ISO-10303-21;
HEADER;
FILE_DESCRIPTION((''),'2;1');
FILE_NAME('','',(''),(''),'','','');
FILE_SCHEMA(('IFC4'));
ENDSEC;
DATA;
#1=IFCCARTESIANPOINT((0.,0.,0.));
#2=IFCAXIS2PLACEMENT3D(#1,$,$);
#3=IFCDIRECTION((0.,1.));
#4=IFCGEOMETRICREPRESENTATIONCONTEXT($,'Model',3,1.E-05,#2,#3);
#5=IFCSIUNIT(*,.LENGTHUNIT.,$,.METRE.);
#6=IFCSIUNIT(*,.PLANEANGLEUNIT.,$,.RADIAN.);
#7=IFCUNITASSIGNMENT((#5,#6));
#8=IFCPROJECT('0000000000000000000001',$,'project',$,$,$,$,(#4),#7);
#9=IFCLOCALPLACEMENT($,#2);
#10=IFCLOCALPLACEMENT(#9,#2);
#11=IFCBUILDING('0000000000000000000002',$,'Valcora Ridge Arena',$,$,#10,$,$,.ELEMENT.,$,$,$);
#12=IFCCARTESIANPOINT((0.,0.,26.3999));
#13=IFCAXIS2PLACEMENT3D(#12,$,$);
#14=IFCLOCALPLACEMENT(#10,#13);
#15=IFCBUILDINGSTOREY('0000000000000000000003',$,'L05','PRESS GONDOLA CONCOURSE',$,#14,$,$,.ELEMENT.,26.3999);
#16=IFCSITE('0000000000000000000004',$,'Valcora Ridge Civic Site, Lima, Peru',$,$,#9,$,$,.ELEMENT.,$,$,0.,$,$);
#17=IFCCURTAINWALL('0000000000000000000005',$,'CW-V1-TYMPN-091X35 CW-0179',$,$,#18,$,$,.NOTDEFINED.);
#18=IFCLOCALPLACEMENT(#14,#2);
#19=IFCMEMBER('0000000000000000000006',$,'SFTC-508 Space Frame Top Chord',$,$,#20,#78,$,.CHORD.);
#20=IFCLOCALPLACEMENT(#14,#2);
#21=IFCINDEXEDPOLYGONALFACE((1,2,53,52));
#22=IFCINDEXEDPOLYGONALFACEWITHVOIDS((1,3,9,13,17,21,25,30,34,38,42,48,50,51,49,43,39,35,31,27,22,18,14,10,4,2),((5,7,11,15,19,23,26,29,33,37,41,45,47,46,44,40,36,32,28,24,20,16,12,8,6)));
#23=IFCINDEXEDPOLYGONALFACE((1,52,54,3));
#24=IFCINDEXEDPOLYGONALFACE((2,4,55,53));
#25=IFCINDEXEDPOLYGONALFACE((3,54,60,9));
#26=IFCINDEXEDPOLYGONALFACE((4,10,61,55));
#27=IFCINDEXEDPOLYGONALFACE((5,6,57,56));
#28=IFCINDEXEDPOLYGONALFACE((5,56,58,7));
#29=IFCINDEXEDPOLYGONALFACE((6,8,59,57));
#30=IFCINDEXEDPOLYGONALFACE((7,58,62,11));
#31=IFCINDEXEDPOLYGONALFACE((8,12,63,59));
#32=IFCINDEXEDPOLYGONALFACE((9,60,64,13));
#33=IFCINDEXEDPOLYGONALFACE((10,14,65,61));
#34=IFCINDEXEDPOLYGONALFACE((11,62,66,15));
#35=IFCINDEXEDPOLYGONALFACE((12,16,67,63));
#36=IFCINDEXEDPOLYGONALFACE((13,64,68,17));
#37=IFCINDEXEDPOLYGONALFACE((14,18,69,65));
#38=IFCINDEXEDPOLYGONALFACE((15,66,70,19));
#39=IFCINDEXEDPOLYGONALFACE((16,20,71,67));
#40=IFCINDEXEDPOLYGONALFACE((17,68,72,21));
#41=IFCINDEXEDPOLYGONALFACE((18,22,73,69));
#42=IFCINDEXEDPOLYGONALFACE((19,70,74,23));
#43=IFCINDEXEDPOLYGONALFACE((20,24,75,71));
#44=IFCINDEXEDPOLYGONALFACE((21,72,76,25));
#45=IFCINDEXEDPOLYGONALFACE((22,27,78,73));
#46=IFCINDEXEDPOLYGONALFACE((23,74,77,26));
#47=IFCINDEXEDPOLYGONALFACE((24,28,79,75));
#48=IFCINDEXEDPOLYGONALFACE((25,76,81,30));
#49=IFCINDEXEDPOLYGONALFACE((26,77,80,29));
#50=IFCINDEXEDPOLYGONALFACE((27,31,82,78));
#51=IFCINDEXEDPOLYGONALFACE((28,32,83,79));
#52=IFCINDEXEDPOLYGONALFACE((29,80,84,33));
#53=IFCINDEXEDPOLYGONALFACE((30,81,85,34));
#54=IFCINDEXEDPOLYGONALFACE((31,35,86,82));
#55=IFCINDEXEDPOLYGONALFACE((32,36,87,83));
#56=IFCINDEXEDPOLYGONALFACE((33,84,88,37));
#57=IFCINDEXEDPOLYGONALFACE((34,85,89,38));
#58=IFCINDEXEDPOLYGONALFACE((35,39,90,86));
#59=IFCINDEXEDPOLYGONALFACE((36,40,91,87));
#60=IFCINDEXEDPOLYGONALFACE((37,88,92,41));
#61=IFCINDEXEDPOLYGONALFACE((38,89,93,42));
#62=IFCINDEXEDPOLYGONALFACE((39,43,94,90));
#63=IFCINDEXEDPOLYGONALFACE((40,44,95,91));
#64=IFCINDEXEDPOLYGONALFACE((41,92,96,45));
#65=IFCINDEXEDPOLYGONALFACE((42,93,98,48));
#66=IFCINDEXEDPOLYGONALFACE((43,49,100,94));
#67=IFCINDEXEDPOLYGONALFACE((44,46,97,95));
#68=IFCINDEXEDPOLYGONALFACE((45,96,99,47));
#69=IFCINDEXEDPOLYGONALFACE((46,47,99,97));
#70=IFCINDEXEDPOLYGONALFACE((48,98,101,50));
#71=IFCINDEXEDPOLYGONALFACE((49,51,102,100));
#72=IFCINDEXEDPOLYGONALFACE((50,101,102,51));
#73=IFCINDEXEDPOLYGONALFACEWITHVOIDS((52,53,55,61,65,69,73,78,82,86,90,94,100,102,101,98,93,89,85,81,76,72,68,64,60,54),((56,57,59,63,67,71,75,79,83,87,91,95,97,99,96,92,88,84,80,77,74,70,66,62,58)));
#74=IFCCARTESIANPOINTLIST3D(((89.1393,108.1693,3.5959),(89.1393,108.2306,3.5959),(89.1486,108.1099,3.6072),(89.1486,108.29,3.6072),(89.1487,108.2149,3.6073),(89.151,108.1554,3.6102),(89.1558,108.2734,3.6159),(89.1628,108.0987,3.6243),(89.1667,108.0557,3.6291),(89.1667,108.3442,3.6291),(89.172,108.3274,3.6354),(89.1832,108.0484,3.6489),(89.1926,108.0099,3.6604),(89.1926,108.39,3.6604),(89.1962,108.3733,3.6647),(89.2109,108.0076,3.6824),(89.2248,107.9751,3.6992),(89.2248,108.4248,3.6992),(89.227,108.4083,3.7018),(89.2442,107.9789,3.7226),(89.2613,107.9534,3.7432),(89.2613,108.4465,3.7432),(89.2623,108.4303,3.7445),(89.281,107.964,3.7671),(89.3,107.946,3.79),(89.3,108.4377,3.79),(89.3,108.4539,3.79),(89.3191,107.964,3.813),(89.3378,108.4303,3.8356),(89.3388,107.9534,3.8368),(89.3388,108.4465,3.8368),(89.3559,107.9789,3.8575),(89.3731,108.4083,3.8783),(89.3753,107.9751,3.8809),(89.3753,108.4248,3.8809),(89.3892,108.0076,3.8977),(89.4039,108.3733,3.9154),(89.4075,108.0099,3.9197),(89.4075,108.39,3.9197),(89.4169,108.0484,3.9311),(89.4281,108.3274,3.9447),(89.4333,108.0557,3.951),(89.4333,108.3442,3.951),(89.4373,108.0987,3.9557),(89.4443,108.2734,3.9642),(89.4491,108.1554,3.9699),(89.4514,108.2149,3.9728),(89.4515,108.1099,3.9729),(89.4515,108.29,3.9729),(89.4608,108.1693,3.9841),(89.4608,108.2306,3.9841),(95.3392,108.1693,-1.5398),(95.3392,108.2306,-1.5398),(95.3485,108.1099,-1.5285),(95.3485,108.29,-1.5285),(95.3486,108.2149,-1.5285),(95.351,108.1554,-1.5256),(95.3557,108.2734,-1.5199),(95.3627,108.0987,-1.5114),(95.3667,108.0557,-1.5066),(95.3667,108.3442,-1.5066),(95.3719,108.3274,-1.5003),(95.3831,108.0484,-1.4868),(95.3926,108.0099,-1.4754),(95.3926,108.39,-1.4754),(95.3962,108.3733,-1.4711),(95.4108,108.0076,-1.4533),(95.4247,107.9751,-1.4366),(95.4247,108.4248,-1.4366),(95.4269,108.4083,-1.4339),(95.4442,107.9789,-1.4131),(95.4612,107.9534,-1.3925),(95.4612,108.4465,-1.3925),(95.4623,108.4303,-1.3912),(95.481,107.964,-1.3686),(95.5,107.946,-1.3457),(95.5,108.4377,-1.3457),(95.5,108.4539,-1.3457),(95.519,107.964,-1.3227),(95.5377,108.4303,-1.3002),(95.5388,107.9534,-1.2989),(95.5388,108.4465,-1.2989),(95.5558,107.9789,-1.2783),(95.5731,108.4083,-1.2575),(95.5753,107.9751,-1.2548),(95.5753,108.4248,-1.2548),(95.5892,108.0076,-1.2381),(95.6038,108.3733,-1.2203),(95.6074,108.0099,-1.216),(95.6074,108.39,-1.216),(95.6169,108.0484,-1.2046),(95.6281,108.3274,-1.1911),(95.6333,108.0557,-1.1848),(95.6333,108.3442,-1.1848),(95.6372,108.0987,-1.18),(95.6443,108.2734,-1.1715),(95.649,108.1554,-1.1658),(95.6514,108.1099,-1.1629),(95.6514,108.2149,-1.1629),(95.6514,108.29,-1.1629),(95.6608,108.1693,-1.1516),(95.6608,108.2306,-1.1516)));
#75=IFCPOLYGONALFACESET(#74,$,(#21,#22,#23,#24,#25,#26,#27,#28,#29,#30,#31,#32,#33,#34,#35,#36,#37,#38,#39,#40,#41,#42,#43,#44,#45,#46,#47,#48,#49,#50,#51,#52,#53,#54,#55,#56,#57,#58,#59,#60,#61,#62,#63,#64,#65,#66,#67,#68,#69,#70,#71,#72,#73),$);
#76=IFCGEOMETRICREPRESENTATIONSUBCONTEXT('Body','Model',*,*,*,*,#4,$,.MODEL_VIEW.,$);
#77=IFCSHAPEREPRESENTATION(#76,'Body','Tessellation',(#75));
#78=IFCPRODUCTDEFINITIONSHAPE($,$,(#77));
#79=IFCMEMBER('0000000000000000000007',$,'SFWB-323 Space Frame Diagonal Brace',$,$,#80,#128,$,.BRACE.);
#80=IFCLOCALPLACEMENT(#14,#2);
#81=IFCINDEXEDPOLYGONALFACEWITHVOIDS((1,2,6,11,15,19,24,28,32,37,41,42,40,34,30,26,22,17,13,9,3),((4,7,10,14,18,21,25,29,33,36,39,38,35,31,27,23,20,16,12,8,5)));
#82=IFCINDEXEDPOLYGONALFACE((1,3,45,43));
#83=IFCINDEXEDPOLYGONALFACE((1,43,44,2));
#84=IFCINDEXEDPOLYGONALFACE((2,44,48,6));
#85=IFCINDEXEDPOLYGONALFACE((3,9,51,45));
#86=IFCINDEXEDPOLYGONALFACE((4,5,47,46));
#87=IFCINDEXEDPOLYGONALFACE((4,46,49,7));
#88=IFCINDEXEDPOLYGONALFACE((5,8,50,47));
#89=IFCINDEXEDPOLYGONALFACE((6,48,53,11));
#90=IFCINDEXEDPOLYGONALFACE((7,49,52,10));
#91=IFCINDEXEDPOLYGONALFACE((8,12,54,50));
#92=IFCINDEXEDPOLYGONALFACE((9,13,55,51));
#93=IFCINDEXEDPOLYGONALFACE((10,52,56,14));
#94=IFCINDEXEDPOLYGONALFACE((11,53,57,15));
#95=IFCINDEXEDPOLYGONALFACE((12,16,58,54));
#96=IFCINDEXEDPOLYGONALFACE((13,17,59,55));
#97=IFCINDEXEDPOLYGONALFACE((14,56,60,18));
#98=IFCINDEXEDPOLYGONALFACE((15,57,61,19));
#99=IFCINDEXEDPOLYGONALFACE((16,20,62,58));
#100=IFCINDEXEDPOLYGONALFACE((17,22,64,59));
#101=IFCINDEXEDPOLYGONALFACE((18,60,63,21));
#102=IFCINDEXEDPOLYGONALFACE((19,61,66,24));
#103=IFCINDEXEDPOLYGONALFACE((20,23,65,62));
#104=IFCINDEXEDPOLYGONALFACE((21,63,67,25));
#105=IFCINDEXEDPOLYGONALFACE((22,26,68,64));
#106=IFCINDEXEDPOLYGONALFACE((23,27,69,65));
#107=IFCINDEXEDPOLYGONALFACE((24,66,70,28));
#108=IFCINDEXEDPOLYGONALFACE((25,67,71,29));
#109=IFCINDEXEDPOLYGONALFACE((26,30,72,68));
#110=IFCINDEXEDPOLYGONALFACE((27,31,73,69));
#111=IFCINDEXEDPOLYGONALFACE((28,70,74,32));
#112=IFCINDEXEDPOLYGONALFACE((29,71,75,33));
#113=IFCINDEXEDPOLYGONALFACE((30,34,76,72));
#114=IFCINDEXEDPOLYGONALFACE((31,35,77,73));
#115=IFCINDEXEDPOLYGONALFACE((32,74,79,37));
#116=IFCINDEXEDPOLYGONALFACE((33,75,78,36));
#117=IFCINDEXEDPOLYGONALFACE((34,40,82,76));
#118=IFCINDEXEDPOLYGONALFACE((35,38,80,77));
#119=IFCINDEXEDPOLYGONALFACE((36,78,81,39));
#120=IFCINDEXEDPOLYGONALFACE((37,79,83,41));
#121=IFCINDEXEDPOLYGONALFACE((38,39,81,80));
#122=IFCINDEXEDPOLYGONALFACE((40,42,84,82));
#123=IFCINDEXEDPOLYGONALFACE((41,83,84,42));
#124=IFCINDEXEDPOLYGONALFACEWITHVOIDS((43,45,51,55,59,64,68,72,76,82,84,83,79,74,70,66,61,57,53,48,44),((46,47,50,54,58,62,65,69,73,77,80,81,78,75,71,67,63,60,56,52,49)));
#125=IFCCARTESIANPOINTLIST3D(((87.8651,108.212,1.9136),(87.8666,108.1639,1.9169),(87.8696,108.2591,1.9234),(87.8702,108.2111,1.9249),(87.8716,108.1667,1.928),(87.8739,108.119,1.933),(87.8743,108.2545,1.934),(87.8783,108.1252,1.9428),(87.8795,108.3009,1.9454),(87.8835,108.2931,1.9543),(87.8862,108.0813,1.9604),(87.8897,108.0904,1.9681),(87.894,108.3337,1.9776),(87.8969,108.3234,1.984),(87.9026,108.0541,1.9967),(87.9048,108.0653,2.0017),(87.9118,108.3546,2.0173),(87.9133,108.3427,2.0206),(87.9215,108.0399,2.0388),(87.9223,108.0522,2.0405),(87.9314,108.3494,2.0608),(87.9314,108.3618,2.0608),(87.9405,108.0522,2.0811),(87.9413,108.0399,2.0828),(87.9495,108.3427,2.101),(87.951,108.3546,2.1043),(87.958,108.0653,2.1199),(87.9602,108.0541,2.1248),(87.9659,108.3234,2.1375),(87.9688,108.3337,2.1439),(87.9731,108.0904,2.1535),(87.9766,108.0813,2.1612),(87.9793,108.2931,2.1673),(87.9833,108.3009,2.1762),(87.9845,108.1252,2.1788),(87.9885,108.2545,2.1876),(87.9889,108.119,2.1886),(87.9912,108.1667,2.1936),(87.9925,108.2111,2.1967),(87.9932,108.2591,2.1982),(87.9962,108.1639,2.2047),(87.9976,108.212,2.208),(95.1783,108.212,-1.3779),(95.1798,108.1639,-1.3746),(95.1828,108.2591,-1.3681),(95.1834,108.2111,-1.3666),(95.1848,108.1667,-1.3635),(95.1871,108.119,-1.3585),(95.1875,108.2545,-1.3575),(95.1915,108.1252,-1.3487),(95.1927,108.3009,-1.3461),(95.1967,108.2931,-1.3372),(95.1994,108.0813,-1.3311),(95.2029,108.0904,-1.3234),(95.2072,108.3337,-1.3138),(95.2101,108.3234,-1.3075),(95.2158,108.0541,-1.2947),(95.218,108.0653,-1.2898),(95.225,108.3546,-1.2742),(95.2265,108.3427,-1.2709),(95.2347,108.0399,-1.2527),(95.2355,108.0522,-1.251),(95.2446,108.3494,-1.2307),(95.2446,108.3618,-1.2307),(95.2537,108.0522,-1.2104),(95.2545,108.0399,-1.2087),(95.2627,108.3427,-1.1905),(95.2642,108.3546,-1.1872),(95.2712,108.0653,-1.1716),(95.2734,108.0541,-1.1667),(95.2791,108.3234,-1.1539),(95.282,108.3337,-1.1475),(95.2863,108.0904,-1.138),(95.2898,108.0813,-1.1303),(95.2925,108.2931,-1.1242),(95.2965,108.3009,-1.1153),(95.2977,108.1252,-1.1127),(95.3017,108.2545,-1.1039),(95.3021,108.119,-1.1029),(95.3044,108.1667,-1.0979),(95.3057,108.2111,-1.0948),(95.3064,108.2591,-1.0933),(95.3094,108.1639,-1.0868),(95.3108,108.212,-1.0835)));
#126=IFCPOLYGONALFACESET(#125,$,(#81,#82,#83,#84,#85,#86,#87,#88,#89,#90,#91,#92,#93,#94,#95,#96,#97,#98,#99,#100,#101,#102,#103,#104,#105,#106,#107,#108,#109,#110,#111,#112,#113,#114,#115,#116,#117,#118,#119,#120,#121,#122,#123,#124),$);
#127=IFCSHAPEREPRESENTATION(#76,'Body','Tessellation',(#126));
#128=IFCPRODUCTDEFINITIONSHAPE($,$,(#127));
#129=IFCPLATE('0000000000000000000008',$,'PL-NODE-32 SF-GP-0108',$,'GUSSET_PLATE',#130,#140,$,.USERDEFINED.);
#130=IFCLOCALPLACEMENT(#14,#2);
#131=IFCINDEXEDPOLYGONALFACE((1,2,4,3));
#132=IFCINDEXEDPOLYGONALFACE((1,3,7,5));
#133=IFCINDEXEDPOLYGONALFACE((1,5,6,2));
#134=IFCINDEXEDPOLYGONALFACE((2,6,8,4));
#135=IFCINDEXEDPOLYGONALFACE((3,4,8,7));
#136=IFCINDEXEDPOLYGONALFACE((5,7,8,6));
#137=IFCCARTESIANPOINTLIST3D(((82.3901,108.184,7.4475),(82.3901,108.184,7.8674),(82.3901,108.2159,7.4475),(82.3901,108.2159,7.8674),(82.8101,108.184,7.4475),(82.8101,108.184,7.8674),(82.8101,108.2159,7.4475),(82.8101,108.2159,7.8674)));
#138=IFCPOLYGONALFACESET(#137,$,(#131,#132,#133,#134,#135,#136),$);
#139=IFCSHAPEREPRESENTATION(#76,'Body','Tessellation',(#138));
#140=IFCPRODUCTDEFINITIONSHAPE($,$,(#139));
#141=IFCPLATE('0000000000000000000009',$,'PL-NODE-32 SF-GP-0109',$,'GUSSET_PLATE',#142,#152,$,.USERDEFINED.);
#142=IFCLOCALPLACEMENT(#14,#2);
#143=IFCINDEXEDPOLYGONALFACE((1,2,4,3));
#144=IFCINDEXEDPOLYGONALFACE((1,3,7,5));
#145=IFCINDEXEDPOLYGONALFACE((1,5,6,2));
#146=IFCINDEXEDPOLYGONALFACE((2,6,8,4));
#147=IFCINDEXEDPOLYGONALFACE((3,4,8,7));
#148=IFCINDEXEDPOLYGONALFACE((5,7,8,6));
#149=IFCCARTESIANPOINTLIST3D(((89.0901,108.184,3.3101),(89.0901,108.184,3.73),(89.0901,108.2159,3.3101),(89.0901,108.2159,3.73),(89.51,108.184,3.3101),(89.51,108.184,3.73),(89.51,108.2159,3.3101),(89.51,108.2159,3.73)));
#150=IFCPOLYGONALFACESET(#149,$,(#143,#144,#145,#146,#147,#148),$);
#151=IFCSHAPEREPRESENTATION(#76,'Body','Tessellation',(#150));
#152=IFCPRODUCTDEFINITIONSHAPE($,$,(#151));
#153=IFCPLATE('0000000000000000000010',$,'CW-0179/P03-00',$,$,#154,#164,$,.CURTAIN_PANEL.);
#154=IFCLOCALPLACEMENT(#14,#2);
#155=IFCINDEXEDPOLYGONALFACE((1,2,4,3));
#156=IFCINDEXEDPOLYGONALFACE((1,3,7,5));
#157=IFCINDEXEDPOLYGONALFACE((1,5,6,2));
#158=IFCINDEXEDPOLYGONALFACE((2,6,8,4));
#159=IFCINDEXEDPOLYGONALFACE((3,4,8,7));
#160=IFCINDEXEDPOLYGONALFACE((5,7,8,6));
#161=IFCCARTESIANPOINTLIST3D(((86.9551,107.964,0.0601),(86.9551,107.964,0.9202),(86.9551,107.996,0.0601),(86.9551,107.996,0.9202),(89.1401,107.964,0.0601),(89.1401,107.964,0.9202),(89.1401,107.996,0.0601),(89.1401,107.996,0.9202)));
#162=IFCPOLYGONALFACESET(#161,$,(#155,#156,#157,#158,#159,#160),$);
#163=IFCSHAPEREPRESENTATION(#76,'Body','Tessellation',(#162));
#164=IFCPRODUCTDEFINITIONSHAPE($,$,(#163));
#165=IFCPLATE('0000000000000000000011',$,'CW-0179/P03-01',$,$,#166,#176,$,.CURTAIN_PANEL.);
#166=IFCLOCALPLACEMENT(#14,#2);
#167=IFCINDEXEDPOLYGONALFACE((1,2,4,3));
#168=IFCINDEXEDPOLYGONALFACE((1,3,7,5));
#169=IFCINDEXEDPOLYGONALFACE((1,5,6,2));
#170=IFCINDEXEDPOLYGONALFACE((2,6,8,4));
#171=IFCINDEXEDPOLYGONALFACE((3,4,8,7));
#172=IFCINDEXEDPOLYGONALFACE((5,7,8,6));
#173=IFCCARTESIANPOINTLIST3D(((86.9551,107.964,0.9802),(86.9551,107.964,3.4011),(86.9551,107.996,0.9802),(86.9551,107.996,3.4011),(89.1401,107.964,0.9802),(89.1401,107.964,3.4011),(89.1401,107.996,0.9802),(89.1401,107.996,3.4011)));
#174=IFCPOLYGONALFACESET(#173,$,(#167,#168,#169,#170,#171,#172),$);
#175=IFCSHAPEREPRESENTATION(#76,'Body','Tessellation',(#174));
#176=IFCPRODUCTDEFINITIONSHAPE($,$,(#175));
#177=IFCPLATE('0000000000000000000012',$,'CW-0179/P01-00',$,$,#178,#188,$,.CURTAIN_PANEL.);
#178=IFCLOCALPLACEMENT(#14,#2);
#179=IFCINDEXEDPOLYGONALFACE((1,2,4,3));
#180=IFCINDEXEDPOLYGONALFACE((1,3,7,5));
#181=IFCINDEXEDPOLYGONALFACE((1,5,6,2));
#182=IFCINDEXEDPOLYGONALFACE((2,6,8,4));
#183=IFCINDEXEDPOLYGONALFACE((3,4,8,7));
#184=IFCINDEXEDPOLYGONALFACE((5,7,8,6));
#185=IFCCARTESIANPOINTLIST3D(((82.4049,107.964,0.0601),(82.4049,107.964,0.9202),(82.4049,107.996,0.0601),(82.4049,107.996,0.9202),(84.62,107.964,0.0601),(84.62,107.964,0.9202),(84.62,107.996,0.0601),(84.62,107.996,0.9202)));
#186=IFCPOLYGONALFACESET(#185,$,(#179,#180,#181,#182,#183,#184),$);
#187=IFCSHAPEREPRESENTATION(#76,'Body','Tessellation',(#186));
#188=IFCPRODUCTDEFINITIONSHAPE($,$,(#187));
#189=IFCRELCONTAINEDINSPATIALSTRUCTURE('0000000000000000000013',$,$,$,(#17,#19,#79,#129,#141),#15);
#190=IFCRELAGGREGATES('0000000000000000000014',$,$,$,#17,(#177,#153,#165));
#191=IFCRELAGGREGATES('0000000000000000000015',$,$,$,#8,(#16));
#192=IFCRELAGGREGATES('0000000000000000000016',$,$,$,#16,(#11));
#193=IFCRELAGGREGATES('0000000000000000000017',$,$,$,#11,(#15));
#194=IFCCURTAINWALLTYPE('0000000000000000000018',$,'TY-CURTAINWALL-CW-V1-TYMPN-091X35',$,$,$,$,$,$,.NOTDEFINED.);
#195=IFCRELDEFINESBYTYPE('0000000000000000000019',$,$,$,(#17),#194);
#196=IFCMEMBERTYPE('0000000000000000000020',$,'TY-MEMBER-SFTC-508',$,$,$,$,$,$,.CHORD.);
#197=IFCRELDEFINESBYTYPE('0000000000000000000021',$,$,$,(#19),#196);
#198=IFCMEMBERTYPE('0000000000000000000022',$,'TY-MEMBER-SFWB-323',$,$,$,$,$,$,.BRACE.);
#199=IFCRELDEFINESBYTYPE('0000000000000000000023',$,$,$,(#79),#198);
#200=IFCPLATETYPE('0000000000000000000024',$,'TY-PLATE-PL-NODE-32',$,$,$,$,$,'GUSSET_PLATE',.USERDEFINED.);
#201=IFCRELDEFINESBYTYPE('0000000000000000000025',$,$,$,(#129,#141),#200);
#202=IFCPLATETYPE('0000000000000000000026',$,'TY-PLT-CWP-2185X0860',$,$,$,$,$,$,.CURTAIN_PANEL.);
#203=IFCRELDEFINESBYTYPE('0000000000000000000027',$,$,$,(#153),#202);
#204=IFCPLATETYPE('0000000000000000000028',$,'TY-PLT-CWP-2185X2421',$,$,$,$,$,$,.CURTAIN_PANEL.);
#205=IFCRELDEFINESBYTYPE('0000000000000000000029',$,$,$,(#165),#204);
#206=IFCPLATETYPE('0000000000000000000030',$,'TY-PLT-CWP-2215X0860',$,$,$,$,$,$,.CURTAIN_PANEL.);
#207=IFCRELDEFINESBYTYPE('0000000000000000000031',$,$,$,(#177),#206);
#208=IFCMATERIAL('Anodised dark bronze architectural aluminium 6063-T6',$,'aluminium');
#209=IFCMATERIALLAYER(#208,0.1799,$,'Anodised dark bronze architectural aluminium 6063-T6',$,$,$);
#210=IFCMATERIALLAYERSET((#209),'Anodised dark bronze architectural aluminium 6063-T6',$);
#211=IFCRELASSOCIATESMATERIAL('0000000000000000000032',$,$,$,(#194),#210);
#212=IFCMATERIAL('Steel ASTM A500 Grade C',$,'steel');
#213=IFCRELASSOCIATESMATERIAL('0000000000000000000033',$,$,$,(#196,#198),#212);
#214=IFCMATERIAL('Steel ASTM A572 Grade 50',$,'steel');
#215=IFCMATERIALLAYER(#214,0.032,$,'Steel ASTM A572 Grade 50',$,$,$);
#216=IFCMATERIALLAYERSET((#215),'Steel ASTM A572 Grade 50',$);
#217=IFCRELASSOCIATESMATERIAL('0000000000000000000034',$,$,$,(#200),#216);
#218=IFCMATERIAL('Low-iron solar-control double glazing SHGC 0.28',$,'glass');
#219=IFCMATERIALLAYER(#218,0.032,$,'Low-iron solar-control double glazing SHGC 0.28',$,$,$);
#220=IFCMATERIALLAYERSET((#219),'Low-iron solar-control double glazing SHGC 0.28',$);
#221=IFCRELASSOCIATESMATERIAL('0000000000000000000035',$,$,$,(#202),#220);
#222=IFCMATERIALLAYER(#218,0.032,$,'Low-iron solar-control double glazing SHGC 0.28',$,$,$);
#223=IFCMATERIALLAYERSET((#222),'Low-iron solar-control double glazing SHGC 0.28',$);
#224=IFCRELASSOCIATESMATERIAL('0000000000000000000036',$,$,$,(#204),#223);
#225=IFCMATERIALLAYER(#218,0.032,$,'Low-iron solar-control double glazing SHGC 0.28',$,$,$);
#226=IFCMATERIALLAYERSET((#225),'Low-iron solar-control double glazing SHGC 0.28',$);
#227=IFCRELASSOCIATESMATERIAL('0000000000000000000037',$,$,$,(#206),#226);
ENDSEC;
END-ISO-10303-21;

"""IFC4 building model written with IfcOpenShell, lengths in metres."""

from ifc_helpers import new_model, si_unit, direction, frame, origin, origin_2d, place, context, subcontext, project, spatial, rectangle, hollow_circle, extrude, material, layer, layer_set, material_profile, profile_set, type_object, element, aggregate, save


model = new_model("IFC4")

# Units and contexts
model_context = context("Model", 3, precision=1e-05, world=origin(), true_north=direction((0.0, 1.0)))
body_context = subcontext(model_context, "Body", "Model", "MODEL_VIEW")
ifc_project = project(units=[si_unit("LENGTHUNIT", "METRE"), si_unit("PLANEANGLEUNIT", "RADIAN")], contexts=[model_context])

# Site, building, storey
site_placement = place(None, origin())
site = spatial("IfcSite", under=ifc_project, at=site_placement, Name="Valcora Ridge Civic Site, Lima, Peru", CompositionType="ELEMENT", RefElevation=0.0)
building_placement = place(site_placement, origin())
building = spatial("IfcBuilding", under=site, at=building_placement, Name="Valcora Ridge Arena", CompositionType="ELEMENT")
storey_placement = place(building_placement, frame((0.0, 0.0, 26.3999)))
storey = spatial("IfcBuildingStorey", under=building, at=storey_placement, Name="L05", Description="PRESS GONDOLA CONCOURSE", CompositionType="ELEMENT", Elevation=26.3999)

# Curtain wall
ifc_material_1 = material(Name="Anodised dark bronze architectural aluminium 6063-T6", Category="aluminium")
ifc_layer_1 = layer(ifc_material_1, 0.1799, Name="Anodised dark bronze architectural aluminium 6063-T6")
ifc_layer_set_1 = layer_set([ifc_layer_1], Name="Anodised dark bronze architectural aluminium 6063-T6")
curtain_wall_type = type_object("IfcCurtainWallType", Name="TY-CURTAINWALL-CW-V1-TYMPN-091X35", PredefinedType="NOTDEFINED", material=ifc_layer_set_1)
curtain_wall_placement = place(storey_placement, origin())
curtain_wall = element("IfcCurtainWall", 1, at=curtain_wall_placement, inside=storey, type_object=curtain_wall_type, Name="CW-V1-TYMPN-091X35 CW-0179", PredefinedType="NOTDEFINED")

# Members
ifc_material_2 = material(Name="Steel ASTM A500 Grade C", Category="steel")
ifc_material_profile_1 = material_profile(ifc_material_2, hollow_circle(Radius=0.2539, WallThickness=0.0161, at=origin_2d()), Name="CHS508X16")
ifc_profile_set_1 = profile_set([ifc_material_profile_1], Name="Steel ASTM A500 Grade C")
member_type_1 = type_object("IfcMemberType", Name="TY-MEMBER-SFTC-508", PredefinedType="CHORD", material=ifc_profile_set_1)
member_1_placement = place(storey_placement, frame((89.3, 108.2, 3.79), z_axis=(0.770105, 0.0, -0.637918), x_axis=(0.0, 1.0, 0.0)))
element("IfcMember", 2, at=member_1_placement, inside=storey, type_object=member_type_1, Name="SFTC-508 Space Frame Top Chord", PredefinedType="CHORD", context=body_context, shape_type="SweptSolid", body=[
    extrude(hollow_circle(Radius=0.2539, WallThickness=0.0161, at=origin_2d()), origin(), (0.0, 0.0, 1.0), 8.0508),
])
ifc_material_profile_2 = material_profile(ifc_material_2, hollow_circle(Radius=0.1619, WallThickness=0.0125, at=origin_2d()), Name="CHS323X12")
ifc_profile_set_2 = profile_set([ifc_material_profile_2], Name="Steel ASTM A500 Grade C")
member_type_2 = type_object("IfcMemberType", Name="TY-MEMBER-SFWB-323", PredefinedType="BRACE", material=ifc_profile_set_2)
member_2_placement = place(storey_placement, frame((87.9314, 108.2, 2.0608), z_axis=(0.911896, 0.0, -0.410422), x_axis=(0.0, 1.0, 0.0)))
element("IfcMember", 3, at=member_2_placement, inside=storey, type_object=member_type_2, Name="SFWB-323 Space Frame Diagonal Brace", PredefinedType="BRACE", context=body_context, shape_type="SweptSolid", body=[
    extrude(hollow_circle(Radius=0.1619, WallThickness=0.0125, at=origin_2d()), origin(), (0.0, 0.0, 1.0), 8.0198),
])

# Plates
ifc_material_3 = material(Name="Steel ASTM A572 Grade 50", Category="steel")
ifc_layer_2 = layer(ifc_material_3, 0.032, Name="Steel ASTM A572 Grade 50")
ifc_layer_set_2 = layer_set([ifc_layer_2], Name="Steel ASTM A572 Grade 50")
plate_type_1 = type_object("IfcPlateType", Name="TY-PLATE-PL-NODE-32", ElementType="GUSSET_PLATE", PredefinedType="USERDEFINED", material=ifc_layer_set_2)
for number, where, z_axis, x_axis, name in (
    (4, (82.6001, 108.2, 7.4475), (0.0, 0.0, 1.0), (1.0, 0.0, 0.0), "PL-NODE-32 SF-GP-0108"),
    (5, (89.3, 108.2, 3.3101), (0.0, 0.0, 1.0), (1.0, 0.0, 0.0), "PL-NODE-32 SF-GP-0109"),
):
    element("IfcPlate", number, at=place(storey_placement, frame(where, z_axis=z_axis, x_axis=x_axis)), inside=storey, type_object=plate_type_1, Name=name, ObjectType="GUSSET_PLATE", PredefinedType="USERDEFINED", context=body_context, shape_type="SweptSolid", body=[
        extrude(rectangle(XDim=0.4199, YDim=0.032, at=origin_2d()), origin(), (0.0, 0.0, 1.0), 0.4199),
    ])

# Plates
ifc_material_4 = material(Name="Low-iron solar-control double glazing SHGC 0.28", Category="glass")
ifc_layer_3 = layer(ifc_material_4, 0.032, Name="Low-iron solar-control double glazing SHGC 0.28")
ifc_layer_set_3 = layer_set([ifc_layer_3], Name="Low-iron solar-control double glazing SHGC 0.28")
plate_type_2 = type_object("IfcPlateType", Name="TY-PLT-CWP-2185X0860", PredefinedType="CURTAIN_PANEL", material=ifc_layer_set_3)
plate_1_placement = place(storey_placement, frame((88.0476, 107.98, 0.0601), z_axis=(0.0, 0.0, 1.0), x_axis=(1.0, 0.0, 0.0)))
plate_1 = element("IfcPlate", 6, at=plate_1_placement, type_object=plate_type_2, Name="CW-0179/P03-00", PredefinedType="CURTAIN_PANEL", context=body_context, shape_type="SweptSolid", body=[
    extrude(rectangle(XDim=2.1851, YDim=0.032, at=origin_2d()), origin(), (0.0, 0.0, 1.0), 0.8601),
])
ifc_layer_4 = layer(ifc_material_4, 0.032, Name="Low-iron solar-control double glazing SHGC 0.28")
ifc_layer_set_4 = layer_set([ifc_layer_4], Name="Low-iron solar-control double glazing SHGC 0.28")
plate_type_3 = type_object("IfcPlateType", Name="TY-PLT-CWP-2185X2421", PredefinedType="CURTAIN_PANEL", material=ifc_layer_set_4)
plate_2_placement = place(storey_placement, frame((88.0476, 107.98, 0.9802), z_axis=(0.0, 0.0, 1.0), x_axis=(1.0, 0.0, 0.0)))
plate_2 = element("IfcPlate", 7, at=plate_2_placement, type_object=plate_type_3, Name="CW-0179/P03-01", PredefinedType="CURTAIN_PANEL", context=body_context, shape_type="SweptSolid", body=[
    extrude(rectangle(XDim=2.1851, YDim=0.032, at=origin_2d()), origin(), (0.0, 0.0, 1.0), 2.4209),
])
ifc_layer_5 = layer(ifc_material_4, 0.032, Name="Low-iron solar-control double glazing SHGC 0.28")
ifc_layer_set_5 = layer_set([ifc_layer_5], Name="Low-iron solar-control double glazing SHGC 0.28")
plate_type_4 = type_object("IfcPlateType", Name="TY-PLT-CWP-2215X0860", PredefinedType="CURTAIN_PANEL", material=ifc_layer_set_5)
plate_3_placement = place(storey_placement, frame((83.5125, 107.98, 0.0601), z_axis=(0.0, 0.0, 1.0), x_axis=(1.0, 0.0, 0.0)))
plate_3 = element("IfcPlate", 8, at=plate_3_placement, type_object=plate_type_4, Name="CW-0179/P01-00", PredefinedType="CURTAIN_PANEL", context=body_context, shape_type="SweptSolid", body=[
    extrude(rectangle(XDim=2.2151, YDim=0.032, at=origin_2d()), origin(), (0.0, 0.0, 1.0), 0.8601),
])
aggregate(curtain_wall, [plate_3, plate_1, plate_2])

save(model, "model.ifc")
